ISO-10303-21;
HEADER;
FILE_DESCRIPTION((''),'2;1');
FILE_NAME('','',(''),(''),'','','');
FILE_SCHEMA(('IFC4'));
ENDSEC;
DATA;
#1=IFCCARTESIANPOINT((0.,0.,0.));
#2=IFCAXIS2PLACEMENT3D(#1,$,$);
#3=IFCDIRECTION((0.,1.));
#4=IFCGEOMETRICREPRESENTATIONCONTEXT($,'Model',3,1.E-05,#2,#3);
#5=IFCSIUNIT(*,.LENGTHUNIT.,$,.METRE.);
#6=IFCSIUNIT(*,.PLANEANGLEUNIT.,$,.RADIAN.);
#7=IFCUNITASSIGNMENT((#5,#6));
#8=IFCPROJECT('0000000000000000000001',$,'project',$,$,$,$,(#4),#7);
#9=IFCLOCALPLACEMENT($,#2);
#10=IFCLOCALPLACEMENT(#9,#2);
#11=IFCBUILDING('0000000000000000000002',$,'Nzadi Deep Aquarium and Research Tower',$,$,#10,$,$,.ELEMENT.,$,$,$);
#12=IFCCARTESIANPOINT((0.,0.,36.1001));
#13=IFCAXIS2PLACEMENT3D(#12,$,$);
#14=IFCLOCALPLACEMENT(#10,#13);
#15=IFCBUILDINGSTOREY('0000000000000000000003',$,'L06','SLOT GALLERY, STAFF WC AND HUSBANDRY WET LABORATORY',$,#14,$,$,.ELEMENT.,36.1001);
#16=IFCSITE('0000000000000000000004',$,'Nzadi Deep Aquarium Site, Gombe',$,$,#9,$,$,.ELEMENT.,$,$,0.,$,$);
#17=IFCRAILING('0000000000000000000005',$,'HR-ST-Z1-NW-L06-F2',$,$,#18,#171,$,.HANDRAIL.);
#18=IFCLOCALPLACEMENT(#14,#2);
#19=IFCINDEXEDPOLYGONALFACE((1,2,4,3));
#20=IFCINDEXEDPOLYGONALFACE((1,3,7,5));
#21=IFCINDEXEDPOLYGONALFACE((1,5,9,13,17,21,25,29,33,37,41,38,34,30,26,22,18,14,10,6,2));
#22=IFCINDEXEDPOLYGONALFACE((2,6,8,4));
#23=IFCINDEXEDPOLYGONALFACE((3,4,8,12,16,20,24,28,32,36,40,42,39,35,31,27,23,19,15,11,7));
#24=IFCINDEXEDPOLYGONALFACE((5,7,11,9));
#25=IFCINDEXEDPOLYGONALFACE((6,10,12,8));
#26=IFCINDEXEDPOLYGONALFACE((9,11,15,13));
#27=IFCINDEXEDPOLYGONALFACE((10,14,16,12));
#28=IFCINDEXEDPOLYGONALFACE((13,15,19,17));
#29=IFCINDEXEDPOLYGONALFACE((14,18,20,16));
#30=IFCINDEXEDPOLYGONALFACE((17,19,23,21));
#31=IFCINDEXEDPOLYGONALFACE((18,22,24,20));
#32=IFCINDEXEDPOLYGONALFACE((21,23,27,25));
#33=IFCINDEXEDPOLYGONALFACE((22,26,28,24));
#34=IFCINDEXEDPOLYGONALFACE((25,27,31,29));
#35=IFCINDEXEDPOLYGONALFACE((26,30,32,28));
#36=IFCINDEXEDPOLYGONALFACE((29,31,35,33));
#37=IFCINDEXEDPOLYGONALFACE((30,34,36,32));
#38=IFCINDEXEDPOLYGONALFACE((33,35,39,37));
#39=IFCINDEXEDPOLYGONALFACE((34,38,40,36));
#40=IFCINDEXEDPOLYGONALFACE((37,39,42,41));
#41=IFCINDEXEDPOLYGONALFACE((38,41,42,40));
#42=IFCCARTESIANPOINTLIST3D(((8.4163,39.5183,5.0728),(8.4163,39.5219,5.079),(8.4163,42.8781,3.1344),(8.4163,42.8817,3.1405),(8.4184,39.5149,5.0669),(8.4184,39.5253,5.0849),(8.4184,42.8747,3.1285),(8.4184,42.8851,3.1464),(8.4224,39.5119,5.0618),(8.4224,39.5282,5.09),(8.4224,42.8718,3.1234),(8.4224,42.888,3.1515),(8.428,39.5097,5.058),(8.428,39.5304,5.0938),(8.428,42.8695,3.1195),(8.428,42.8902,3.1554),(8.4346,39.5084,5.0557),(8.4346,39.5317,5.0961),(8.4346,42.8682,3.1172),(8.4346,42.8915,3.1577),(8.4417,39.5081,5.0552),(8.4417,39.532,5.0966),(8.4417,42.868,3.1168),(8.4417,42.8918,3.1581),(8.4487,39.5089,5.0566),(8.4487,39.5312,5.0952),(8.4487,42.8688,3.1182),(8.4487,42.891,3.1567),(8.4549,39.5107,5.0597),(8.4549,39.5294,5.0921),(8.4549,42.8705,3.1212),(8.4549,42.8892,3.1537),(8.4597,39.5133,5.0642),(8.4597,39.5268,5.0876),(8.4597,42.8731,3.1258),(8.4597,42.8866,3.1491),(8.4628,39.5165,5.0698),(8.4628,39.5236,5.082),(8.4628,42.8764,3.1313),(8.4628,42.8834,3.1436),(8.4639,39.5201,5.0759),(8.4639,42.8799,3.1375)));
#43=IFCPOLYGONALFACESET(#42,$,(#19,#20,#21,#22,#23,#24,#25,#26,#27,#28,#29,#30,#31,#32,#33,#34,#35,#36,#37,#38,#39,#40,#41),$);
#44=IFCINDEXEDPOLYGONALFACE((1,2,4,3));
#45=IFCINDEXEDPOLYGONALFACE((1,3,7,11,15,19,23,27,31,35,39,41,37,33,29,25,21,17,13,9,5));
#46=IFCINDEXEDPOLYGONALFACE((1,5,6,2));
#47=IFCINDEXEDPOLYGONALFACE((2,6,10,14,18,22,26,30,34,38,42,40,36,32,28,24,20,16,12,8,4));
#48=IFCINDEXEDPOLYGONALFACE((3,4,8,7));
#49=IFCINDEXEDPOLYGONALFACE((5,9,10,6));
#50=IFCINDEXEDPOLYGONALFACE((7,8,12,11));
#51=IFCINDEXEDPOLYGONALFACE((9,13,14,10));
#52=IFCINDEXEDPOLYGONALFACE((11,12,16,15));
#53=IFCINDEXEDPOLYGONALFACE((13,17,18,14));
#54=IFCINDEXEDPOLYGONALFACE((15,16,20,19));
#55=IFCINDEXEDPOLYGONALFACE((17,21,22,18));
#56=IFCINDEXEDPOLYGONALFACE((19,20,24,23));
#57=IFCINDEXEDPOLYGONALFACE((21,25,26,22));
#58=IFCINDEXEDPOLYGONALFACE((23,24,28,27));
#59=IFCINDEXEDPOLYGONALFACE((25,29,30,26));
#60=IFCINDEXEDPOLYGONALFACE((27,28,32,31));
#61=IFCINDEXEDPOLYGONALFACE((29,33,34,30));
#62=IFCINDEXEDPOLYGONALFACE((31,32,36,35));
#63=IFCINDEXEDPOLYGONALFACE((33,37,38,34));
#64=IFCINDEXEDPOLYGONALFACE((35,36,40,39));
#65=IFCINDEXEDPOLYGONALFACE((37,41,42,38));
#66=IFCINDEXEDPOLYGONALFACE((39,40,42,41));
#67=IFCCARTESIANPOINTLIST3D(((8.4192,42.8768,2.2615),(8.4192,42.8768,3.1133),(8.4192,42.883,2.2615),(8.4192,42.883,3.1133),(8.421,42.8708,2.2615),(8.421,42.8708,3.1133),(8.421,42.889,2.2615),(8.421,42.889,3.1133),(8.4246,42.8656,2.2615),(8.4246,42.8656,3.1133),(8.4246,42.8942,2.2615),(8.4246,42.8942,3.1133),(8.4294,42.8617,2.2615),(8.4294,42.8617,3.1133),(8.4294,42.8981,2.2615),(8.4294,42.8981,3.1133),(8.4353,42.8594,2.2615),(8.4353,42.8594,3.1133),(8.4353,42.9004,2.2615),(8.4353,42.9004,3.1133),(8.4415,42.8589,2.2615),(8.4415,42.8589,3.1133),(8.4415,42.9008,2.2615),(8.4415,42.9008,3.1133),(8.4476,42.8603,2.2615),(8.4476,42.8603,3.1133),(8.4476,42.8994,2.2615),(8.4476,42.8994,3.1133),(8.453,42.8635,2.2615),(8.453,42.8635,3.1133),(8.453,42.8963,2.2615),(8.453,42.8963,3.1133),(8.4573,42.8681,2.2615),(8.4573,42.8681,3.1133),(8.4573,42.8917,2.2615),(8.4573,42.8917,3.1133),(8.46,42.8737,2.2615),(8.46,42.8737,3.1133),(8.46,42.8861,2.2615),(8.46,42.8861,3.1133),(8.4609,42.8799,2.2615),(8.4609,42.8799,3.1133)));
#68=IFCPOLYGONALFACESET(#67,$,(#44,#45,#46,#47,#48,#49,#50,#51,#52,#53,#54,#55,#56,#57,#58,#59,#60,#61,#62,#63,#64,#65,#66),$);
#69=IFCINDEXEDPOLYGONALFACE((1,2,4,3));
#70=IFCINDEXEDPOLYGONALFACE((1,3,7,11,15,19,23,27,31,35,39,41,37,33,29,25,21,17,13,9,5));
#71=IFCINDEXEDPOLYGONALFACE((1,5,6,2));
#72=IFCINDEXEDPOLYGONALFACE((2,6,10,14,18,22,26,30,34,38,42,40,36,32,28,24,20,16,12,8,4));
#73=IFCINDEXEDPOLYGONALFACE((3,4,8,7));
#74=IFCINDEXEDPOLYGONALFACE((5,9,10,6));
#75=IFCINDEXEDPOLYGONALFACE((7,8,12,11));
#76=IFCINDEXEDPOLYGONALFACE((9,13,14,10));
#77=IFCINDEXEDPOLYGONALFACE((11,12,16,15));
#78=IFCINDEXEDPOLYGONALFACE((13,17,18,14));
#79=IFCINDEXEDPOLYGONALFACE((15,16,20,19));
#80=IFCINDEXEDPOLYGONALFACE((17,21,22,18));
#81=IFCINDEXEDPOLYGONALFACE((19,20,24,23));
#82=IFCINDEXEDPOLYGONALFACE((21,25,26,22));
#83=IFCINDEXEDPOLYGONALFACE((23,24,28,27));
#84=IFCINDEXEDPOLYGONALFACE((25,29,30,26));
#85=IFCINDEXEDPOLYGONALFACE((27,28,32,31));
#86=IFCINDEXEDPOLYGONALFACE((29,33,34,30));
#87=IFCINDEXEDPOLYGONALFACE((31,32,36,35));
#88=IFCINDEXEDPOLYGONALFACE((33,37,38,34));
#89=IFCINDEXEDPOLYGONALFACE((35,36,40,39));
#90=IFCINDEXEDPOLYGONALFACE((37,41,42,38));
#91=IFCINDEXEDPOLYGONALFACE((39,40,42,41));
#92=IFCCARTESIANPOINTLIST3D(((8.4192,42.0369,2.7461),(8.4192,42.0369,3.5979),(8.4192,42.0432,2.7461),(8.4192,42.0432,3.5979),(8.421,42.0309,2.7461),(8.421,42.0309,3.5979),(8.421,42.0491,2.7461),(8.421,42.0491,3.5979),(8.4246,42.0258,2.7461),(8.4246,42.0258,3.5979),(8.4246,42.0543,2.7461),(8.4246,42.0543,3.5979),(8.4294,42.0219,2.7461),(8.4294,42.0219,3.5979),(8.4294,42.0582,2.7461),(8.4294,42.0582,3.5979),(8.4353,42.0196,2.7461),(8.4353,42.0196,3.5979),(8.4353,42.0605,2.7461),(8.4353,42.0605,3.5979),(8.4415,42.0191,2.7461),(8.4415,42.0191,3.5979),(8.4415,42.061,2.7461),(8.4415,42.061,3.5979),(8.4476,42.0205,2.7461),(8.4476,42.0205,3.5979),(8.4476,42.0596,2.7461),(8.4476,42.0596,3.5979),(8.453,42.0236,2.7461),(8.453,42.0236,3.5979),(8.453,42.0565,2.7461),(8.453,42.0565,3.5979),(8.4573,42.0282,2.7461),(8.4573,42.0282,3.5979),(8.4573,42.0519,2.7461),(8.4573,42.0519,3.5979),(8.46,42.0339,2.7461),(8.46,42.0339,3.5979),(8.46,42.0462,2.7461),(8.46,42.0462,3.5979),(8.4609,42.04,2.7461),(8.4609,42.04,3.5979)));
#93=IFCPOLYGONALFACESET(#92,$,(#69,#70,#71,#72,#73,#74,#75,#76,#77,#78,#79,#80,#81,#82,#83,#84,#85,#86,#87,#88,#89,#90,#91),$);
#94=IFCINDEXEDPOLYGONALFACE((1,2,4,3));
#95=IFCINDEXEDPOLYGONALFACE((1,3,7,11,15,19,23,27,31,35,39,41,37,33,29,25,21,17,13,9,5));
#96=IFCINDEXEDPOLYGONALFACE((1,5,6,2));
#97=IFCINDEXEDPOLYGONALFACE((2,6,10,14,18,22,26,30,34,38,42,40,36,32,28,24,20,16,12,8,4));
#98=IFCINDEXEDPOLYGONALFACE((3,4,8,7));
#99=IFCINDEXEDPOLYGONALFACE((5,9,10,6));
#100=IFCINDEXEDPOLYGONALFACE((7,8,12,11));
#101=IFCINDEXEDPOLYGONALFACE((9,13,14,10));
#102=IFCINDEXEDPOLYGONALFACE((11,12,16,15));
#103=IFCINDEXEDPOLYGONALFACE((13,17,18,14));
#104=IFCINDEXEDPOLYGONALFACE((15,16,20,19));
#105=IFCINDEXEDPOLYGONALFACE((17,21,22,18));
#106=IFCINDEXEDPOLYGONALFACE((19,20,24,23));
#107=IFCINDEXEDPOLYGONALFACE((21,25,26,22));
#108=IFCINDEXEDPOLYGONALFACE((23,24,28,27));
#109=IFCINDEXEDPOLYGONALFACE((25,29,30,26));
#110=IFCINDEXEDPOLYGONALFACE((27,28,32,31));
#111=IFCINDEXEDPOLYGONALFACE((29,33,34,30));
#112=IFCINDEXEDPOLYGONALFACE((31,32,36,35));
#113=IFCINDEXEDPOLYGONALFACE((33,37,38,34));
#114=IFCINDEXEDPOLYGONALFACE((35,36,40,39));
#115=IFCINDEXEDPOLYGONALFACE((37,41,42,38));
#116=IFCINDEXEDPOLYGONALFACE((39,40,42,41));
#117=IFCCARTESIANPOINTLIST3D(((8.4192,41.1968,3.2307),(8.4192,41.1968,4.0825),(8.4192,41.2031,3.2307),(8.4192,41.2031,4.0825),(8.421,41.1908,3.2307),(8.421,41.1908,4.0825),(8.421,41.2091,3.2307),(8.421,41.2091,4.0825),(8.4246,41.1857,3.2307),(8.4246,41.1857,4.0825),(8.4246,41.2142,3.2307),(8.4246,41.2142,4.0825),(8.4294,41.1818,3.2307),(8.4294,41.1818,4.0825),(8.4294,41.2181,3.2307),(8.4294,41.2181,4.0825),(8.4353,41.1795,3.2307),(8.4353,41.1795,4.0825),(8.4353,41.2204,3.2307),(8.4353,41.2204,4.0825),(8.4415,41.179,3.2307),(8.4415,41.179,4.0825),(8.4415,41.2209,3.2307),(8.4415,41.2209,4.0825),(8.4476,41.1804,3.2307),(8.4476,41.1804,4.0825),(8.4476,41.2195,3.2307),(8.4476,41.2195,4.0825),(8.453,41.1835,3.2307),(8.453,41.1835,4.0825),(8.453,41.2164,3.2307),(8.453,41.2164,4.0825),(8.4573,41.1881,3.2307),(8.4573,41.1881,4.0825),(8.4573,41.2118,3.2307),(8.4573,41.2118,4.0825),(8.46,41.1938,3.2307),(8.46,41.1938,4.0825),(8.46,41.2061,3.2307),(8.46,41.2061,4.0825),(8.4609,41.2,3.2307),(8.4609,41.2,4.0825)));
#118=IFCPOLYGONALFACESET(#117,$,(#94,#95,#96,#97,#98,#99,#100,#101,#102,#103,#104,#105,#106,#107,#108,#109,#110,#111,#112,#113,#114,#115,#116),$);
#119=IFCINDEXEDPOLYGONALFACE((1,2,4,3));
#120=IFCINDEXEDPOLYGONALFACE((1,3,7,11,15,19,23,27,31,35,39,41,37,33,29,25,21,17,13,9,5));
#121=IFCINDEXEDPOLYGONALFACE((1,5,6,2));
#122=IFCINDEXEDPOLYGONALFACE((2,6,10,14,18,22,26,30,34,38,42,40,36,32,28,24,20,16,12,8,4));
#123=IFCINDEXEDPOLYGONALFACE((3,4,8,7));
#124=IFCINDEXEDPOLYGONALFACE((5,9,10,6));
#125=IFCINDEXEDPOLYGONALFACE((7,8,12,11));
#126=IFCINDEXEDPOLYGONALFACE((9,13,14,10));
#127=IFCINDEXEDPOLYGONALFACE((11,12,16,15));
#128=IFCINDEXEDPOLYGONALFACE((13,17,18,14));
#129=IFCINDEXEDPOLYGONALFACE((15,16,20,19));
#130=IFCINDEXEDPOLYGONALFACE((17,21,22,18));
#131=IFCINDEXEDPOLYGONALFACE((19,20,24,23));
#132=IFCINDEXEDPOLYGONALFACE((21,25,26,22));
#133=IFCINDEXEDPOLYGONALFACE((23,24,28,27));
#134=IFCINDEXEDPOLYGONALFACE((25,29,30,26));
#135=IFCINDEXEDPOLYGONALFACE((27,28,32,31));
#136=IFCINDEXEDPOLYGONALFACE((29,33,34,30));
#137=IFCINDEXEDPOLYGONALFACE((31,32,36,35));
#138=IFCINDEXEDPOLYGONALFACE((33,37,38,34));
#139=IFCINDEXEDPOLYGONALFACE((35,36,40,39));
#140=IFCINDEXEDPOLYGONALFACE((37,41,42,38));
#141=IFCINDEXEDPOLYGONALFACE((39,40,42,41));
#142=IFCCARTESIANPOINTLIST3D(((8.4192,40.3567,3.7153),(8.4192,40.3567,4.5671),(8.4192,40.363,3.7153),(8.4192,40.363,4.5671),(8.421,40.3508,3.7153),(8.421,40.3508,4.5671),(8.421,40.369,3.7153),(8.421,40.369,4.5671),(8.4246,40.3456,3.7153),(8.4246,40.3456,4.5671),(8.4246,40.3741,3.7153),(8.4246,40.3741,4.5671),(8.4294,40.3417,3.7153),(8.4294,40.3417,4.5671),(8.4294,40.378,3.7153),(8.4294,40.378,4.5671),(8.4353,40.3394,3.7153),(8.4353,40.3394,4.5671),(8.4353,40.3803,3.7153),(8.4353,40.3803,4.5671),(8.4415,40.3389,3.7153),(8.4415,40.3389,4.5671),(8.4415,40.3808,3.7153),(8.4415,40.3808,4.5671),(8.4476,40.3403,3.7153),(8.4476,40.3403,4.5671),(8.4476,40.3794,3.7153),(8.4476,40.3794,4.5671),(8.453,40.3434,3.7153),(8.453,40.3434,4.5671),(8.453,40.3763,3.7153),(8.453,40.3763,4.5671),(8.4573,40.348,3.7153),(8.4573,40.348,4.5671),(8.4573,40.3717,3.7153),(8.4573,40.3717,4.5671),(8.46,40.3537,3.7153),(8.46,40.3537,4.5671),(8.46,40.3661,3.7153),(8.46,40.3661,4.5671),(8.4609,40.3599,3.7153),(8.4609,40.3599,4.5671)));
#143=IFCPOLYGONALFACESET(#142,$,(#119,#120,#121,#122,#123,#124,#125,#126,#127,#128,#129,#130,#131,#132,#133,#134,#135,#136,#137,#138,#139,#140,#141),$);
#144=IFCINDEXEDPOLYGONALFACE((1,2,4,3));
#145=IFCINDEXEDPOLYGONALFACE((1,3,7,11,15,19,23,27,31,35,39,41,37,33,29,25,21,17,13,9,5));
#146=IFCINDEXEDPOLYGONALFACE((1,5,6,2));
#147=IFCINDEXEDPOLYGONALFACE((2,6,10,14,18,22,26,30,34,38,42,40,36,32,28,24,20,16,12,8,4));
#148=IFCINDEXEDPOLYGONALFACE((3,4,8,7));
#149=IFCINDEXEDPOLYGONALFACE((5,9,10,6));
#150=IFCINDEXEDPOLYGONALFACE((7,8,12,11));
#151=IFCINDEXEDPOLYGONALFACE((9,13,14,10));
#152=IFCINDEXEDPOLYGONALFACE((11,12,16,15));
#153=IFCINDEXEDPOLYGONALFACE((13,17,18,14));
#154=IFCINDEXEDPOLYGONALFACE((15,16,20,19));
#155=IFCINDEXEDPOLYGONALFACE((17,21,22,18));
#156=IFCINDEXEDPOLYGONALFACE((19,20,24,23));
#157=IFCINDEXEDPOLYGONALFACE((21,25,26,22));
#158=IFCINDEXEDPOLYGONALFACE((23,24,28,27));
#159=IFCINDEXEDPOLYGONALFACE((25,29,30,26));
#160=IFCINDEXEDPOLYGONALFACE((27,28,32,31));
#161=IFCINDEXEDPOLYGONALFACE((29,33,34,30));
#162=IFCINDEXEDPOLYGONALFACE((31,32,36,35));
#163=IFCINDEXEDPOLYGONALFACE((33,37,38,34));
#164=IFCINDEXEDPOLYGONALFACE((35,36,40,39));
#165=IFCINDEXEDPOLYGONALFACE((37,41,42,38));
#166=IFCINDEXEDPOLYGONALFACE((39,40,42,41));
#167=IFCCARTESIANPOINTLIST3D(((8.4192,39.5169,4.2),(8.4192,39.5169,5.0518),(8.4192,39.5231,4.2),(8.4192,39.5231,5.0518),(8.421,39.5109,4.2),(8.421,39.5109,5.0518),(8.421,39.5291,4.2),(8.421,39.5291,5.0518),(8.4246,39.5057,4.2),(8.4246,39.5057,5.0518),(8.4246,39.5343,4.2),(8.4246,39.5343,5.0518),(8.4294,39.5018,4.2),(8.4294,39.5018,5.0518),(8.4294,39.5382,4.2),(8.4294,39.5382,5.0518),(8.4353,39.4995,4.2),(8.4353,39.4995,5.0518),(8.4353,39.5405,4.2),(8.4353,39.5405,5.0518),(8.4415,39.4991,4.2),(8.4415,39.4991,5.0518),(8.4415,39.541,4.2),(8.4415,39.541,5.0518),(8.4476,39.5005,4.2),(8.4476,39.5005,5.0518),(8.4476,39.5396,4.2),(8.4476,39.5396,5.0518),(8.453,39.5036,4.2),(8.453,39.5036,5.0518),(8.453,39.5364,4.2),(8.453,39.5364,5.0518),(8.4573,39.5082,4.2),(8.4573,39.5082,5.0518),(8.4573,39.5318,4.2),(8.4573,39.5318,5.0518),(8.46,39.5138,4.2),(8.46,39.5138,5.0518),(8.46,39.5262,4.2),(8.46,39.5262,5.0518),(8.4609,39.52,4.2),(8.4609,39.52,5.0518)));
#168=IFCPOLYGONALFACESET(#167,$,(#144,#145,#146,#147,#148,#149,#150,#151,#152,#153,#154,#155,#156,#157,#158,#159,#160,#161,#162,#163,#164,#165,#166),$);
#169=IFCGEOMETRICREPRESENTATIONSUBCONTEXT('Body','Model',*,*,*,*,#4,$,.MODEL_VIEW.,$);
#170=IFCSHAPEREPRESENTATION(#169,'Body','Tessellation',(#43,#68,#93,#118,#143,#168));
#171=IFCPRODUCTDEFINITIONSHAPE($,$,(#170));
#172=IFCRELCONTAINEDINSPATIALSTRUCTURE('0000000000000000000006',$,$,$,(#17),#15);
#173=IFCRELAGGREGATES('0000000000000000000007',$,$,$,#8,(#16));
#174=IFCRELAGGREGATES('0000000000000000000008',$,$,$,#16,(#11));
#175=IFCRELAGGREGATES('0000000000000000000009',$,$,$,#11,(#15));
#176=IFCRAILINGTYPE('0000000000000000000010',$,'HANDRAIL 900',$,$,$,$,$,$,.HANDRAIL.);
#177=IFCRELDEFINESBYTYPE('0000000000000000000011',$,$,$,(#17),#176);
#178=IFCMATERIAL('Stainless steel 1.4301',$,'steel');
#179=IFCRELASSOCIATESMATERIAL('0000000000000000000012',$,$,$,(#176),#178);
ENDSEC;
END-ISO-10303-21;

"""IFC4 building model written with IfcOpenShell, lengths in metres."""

from ifc_helpers import new_model, si_unit, direction, frame, origin, origin_2d, place, context, subcontext, project, spatial, circle, extrude, material, type_object, element, save


model = new_model("IFC4")

# Units and contexts
model_context = context("Model", 3, precision=1e-05, world=origin(), true_north=direction((0.0, 1.0)))
body_context = subcontext(model_context, "Body", "Model", "MODEL_VIEW")
ifc_project = project(units=[si_unit("LENGTHUNIT", "METRE"), si_unit("PLANEANGLEUNIT", "RADIAN")], contexts=[model_context])

# Site, building, storey
site_placement = place(None, origin())
site = spatial("IfcSite", under=ifc_project, at=site_placement, Name="Nzadi Deep Aquarium Site, Gombe", CompositionType="ELEMENT", RefElevation=0.0)
building_placement = place(site_placement, origin())
building = spatial("IfcBuilding", under=site, at=building_placement, Name="Nzadi Deep Aquarium and Research Tower", CompositionType="ELEMENT")
storey_placement = place(building_placement, frame((0.0, 0.0, 36.1001)))
storey = spatial("IfcBuildingStorey", under=building, at=storey_placement, Name="L06", Description="SLOT GALLERY, STAFF WC AND HUSBANDRY WET LABORATORY", CompositionType="ELEMENT", Elevation=36.1001)

# Railing
ifc_material_1 = material(Name="Stainless steel 1.4301", Category="steel")
railing_type = type_object("IfcRailingType", Name="HANDRAIL 900", PredefinedType="HANDRAIL", material=ifc_material_1)
for number, where, name in (
    (1, (8.4399, 42.8799, 2.2615), "HR-ST-Z1-NW-L06-F2"),
):
    element("IfcRailing", number, at=place(storey_placement, frame(where)), inside=storey, type_object=railing_type, Name=name, PredefinedType="HANDRAIL", context=body_context, shape_type="SweptSolid", body=[
        extrude(circle(Radius=0.0239, at=origin_2d()), frame((0.0, 0.0, 0.876), z_axis=(0.0, -0.866175, 0.499741), x_axis=(1.0, 0.0, 0.0)), (0.0, 0.0, 1.0), 3.8789),
        extrude(circle(Radius=0.021, at=origin_2d()), origin(), (0.0, 0.0, 1.0), 0.8518),
        extrude(circle(Radius=0.021, at=origin_2d()), frame((0.0, -0.8398, 0.4846)), (0.0, 0.0, 1.0), 0.8518),
        extrude(circle(Radius=0.021, at=origin_2d()), frame((0.0, -1.6799, 0.9692)), (0.0, 0.0, 1.0), 0.8518),
        extrude(circle(Radius=0.021, at=origin_2d()), frame((0.0, -2.52, 1.4539)), (0.0, 0.0, 1.0), 0.8518),
        extrude(circle(Radius=0.021, at=origin_2d()), frame((0.0, -3.3599, 1.9385)), (0.0, 0.0, 1.0), 0.8518),
    ])

save(model, "model.ifc")
